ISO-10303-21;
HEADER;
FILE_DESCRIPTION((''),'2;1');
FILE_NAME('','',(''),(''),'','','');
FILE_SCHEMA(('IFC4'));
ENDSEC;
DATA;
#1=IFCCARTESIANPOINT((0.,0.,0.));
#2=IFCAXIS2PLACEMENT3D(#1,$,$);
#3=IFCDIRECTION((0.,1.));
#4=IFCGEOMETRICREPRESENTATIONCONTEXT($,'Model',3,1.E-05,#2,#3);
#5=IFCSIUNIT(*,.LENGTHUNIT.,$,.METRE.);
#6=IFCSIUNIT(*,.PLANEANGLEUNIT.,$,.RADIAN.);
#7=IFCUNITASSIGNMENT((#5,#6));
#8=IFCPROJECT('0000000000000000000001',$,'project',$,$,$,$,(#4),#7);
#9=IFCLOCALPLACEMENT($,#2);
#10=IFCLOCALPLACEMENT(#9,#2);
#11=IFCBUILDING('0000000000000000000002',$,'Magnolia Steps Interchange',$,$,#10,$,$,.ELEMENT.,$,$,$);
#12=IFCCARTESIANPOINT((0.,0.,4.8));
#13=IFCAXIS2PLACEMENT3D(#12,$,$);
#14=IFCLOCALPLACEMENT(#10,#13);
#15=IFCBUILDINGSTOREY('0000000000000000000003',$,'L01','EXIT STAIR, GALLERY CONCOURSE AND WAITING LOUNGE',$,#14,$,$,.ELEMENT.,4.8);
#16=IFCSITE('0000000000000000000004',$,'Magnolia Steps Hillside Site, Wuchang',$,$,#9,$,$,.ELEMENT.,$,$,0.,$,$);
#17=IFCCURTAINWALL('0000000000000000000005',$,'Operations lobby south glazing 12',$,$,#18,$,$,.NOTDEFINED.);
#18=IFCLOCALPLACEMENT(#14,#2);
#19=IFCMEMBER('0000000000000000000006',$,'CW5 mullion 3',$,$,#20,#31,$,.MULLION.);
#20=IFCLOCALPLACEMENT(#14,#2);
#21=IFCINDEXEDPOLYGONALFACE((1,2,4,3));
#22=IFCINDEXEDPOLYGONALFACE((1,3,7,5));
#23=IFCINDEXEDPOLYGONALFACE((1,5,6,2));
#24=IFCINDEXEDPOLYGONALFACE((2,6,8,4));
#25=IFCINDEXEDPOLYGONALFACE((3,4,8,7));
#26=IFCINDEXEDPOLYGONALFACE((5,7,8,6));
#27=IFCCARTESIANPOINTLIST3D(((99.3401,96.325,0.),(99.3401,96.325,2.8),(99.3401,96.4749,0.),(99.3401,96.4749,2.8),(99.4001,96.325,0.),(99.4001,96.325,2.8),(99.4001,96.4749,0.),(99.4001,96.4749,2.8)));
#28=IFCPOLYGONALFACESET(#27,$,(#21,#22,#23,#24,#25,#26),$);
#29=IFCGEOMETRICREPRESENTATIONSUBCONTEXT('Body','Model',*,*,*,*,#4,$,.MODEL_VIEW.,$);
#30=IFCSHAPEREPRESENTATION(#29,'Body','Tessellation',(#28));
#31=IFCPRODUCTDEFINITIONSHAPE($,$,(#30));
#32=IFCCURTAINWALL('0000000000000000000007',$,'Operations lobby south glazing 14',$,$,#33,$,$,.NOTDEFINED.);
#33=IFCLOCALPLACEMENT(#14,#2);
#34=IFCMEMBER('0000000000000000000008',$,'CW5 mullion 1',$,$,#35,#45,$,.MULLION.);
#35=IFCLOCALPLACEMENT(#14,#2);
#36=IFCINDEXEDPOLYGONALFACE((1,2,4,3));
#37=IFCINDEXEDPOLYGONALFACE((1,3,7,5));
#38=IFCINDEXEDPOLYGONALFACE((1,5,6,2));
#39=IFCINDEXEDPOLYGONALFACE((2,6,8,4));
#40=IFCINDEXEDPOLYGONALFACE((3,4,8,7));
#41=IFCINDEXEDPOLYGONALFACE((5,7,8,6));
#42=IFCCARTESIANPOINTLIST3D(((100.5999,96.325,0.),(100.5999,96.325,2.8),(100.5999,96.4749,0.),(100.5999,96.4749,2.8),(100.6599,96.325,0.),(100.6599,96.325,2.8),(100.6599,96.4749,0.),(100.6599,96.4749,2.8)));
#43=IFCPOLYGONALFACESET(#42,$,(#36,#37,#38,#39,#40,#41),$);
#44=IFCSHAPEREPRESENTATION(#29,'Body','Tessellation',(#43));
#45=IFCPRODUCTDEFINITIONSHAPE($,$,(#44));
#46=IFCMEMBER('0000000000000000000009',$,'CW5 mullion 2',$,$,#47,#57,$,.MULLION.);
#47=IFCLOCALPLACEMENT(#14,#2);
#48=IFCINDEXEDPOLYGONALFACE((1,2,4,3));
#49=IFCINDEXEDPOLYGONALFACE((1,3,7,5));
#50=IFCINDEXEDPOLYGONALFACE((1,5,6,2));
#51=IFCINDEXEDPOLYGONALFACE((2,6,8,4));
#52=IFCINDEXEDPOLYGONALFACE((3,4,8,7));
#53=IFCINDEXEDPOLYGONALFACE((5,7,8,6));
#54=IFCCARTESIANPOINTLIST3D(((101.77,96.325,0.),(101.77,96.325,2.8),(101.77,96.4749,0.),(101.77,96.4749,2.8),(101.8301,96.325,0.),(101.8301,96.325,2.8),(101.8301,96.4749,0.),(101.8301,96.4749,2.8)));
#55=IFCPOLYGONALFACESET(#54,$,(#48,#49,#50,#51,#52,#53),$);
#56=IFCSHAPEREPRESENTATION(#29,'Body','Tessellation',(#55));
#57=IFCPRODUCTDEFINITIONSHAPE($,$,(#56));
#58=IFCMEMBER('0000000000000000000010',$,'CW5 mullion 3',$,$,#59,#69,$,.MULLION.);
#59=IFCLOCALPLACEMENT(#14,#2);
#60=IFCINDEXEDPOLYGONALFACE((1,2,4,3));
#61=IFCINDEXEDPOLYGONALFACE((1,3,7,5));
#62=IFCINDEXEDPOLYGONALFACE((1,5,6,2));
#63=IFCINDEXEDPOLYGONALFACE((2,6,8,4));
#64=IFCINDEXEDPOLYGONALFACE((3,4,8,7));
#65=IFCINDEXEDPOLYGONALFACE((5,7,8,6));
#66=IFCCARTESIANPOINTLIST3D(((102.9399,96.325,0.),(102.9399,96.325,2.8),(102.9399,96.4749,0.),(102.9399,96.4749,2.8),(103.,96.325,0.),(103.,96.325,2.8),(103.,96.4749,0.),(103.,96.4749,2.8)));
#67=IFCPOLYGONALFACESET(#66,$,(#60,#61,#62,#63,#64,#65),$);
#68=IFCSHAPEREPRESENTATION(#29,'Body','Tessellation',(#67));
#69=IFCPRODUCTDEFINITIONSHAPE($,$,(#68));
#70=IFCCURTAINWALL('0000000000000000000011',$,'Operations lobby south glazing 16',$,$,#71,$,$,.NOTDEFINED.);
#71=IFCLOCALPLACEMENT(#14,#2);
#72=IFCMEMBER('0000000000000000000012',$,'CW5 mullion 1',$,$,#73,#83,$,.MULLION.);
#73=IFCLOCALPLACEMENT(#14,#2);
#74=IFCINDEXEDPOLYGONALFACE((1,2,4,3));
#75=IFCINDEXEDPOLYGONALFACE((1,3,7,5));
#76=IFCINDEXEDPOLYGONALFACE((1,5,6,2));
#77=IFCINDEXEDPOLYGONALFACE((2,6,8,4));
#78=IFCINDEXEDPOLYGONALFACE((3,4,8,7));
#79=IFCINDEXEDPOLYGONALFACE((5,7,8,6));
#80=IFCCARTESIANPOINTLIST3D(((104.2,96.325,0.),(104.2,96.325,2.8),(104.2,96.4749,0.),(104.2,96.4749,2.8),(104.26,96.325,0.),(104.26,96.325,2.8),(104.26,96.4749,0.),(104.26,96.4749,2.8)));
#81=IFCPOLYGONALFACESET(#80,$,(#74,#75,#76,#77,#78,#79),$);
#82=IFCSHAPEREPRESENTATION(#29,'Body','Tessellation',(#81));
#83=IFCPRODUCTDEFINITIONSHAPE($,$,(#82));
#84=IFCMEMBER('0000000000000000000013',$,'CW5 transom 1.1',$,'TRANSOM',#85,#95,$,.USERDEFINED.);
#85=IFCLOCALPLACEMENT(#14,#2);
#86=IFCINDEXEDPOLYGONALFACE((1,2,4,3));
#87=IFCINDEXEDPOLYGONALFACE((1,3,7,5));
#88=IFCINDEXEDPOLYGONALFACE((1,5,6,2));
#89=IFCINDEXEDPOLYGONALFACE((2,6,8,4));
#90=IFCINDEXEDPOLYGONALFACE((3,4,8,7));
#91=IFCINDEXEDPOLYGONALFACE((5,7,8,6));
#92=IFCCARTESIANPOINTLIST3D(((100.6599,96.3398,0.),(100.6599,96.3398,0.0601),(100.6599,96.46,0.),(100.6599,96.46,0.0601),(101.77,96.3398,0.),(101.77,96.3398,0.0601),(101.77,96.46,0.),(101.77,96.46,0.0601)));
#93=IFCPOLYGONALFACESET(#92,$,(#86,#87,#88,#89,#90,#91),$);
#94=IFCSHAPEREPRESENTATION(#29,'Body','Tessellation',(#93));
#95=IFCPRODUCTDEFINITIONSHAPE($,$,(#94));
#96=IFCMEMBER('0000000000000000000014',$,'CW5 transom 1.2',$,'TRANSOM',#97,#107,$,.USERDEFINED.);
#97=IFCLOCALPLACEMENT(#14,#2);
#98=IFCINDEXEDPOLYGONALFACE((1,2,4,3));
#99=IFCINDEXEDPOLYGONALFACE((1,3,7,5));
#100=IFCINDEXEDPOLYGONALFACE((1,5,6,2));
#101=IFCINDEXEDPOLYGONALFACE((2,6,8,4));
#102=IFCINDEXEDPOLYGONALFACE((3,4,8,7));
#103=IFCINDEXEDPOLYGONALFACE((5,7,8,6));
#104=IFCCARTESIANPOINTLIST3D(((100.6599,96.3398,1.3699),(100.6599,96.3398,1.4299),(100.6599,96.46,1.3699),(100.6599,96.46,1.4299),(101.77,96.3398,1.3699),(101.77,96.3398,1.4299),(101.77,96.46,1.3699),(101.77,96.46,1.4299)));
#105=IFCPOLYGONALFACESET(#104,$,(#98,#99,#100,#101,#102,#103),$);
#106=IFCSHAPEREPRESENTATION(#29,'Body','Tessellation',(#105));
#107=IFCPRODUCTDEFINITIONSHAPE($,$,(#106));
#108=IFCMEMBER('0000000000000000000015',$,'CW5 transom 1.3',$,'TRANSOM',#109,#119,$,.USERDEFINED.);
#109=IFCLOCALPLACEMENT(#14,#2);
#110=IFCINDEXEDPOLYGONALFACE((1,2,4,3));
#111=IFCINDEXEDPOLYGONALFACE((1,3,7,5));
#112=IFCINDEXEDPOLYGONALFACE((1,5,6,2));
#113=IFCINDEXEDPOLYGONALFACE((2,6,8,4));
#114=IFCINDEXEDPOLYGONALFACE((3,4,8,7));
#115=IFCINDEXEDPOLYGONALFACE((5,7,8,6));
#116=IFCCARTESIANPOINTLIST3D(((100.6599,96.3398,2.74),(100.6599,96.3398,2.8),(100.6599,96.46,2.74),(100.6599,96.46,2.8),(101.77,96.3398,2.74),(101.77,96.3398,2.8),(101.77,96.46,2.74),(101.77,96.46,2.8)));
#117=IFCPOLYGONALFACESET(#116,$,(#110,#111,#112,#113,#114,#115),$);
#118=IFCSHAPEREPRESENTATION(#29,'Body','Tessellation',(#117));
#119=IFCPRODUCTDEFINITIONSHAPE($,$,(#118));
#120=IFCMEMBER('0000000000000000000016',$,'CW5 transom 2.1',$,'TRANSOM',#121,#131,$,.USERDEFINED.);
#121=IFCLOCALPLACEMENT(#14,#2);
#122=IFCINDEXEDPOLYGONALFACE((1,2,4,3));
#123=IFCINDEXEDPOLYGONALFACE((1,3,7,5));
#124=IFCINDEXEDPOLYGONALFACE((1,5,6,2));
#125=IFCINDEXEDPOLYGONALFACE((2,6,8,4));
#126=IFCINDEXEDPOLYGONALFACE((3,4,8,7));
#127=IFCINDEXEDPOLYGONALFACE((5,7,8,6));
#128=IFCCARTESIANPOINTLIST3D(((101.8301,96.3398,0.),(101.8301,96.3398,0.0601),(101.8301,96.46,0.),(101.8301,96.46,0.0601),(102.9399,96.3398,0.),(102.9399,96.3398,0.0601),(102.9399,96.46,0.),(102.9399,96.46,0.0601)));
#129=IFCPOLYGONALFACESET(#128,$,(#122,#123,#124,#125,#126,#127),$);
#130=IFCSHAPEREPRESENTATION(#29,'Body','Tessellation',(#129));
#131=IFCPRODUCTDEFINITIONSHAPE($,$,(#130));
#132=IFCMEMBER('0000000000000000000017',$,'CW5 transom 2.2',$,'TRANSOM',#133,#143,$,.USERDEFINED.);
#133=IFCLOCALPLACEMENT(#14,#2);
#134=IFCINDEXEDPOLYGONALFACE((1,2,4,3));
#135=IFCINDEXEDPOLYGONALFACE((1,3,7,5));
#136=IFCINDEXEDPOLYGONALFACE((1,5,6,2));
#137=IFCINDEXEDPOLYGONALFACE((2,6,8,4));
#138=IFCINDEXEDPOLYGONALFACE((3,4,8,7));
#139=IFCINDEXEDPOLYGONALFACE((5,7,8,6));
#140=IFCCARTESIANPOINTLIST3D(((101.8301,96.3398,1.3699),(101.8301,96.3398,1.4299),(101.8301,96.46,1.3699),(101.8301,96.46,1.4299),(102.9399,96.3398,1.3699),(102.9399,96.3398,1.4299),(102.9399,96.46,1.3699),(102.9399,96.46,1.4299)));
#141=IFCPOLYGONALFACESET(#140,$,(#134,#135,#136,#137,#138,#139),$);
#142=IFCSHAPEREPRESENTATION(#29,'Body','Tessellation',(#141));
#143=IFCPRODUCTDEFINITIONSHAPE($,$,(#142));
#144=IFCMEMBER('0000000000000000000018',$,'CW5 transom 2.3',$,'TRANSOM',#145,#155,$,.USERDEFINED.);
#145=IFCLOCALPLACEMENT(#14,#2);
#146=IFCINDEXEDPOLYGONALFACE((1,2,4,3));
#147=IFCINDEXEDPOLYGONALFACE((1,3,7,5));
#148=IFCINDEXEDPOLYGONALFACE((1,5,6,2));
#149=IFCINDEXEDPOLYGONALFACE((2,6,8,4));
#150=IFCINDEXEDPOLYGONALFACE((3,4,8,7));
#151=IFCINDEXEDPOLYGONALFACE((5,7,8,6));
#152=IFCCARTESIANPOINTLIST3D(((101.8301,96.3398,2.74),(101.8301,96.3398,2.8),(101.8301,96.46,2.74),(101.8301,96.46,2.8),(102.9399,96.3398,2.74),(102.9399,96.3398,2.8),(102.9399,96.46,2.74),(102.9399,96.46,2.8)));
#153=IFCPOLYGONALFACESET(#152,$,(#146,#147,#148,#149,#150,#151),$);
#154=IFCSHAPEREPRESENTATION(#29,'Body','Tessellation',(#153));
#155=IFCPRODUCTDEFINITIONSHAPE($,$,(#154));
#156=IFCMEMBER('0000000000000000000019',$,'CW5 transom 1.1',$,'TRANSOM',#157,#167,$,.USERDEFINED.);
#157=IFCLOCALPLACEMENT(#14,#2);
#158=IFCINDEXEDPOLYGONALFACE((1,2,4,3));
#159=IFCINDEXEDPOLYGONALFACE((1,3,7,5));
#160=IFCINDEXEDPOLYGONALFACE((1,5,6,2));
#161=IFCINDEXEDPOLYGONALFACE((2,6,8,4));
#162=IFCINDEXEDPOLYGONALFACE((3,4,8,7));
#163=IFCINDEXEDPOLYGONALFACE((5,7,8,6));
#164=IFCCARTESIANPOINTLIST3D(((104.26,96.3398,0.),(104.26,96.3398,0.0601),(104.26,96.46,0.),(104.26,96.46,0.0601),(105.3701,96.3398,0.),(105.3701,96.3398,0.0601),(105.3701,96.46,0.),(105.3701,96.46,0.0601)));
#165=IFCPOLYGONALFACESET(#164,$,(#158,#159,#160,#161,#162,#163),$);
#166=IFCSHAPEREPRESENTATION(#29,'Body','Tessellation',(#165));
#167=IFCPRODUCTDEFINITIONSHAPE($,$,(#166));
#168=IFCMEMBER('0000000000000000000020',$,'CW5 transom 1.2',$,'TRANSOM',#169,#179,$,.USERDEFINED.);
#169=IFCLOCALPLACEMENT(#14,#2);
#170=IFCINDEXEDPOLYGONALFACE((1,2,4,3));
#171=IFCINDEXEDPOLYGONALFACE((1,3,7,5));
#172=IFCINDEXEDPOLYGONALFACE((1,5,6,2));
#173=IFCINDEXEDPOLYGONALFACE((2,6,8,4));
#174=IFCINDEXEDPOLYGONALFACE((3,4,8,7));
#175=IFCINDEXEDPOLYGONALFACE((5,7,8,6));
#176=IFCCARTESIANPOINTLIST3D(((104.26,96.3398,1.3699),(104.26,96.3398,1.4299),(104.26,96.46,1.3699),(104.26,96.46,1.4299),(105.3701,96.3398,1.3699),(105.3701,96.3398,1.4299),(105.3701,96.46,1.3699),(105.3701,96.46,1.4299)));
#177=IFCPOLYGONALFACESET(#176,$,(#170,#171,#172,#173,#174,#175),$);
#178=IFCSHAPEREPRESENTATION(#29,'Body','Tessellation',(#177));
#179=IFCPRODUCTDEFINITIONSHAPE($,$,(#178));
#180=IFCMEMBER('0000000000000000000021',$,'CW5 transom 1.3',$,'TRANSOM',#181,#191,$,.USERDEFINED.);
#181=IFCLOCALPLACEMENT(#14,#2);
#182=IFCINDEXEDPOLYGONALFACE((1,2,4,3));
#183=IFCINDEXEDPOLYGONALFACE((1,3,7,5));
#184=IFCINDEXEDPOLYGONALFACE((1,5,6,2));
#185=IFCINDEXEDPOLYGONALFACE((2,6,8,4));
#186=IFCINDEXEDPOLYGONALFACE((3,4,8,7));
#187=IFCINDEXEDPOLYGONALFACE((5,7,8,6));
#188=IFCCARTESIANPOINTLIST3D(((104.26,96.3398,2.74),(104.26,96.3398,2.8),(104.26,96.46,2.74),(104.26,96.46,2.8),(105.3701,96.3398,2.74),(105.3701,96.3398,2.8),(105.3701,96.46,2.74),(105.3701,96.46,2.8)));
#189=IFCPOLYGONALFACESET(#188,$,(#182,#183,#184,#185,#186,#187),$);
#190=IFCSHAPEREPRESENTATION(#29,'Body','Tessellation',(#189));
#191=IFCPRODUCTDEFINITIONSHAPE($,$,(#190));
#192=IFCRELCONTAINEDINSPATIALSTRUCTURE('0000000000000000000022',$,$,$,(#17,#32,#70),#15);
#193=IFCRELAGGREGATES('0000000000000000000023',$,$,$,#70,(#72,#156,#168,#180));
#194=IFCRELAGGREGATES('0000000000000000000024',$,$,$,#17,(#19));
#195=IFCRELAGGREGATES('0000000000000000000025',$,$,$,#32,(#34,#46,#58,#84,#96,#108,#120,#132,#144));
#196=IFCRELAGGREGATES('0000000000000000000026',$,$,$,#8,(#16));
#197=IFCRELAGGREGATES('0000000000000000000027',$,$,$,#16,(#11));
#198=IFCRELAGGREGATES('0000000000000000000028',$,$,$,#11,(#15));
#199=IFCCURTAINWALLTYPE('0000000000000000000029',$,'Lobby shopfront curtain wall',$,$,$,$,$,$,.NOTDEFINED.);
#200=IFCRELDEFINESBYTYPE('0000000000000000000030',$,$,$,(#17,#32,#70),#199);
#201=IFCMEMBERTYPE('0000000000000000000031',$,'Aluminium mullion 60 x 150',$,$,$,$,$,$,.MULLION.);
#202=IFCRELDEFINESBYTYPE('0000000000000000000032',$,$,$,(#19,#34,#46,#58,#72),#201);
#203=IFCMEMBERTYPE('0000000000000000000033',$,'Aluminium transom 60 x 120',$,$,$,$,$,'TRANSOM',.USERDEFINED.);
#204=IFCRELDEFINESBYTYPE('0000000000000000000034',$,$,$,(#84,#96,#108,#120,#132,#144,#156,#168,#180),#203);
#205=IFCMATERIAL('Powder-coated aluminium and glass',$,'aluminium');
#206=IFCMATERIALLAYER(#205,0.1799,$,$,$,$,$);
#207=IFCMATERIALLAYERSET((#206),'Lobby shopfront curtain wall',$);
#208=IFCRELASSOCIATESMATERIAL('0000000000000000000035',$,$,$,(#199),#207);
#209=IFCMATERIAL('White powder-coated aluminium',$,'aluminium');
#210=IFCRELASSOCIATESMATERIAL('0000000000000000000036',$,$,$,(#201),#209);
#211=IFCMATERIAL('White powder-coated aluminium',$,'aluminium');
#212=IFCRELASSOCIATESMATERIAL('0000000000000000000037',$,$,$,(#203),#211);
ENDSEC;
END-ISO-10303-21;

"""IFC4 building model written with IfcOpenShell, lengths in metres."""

from ifc_helpers import new_model, si_unit, direction, frame, origin, origin_2d, place, context, subcontext, project, spatial, rectangle, extrude, material, layer, layer_set, material_profile, profile_set, type_object, element, aggregate, save


model = new_model("IFC4")

# Units and contexts
model_context = context("Model", 3, precision=1e-05, world=origin(), true_north=direction((0.0, 1.0)))
body_context = subcontext(model_context, "Body", "Model", "MODEL_VIEW")
ifc_project = project(units=[si_unit("LENGTHUNIT", "METRE"), si_unit("PLANEANGLEUNIT", "RADIAN")], contexts=[model_context])

# Site, building, storey
site_placement = place(None, origin())
site = spatial("IfcSite", under=ifc_project, at=site_placement, Name="Magnolia Steps Hillside Site, Wuchang", CompositionType="ELEMENT", RefElevation=0.0)
building_placement = place(site_placement, origin())
building = spatial("IfcBuilding", under=site, at=building_placement, Name="Magnolia Steps Interchange", CompositionType="ELEMENT")
storey_placement = place(building_placement, frame((0.0, 0.0, 4.8)))
storey = spatial("IfcBuildingStorey", under=building, at=storey_placement, Name="L01", Description="EXIT STAIR, GALLERY CONCOURSE AND WAITING LOUNGE", CompositionType="ELEMENT", Elevation=4.8)

# Curtain wall, member
ifc_material_1 = material(Name="Powder-coated aluminium and glass", Category="aluminium")
ifc_layer_1 = layer(ifc_material_1, 0.1799)
ifc_layer_set_1 = layer_set([ifc_layer_1], Name="Lobby shopfront curtain wall")
curtain_wall_type = type_object("IfcCurtainWallType", Name="Lobby shopfront curtain wall", PredefinedType="NOTDEFINED", material=ifc_layer_set_1)
curtain_wall_1_placement = place(storey_placement, origin())
curtain_wall_1 = element("IfcCurtainWall", 1, at=curtain_wall_1_placement, inside=storey, type_object=curtain_wall_type, Name="Operations lobby south glazing 12", PredefinedType="NOTDEFINED")
ifc_material_2 = material(Name="White powder-coated aluminium", Category="aluminium")
ifc_material_profile_1 = material_profile(ifc_material_2, rectangle(XDim=0.0601, YDim=0.1499, at=origin_2d()), Name="Aluminium mullion 60 x 150")
ifc_profile_set_1 = profile_set([ifc_material_profile_1], Name="White powder-coated aluminium")
member_type_1 = type_object("IfcMemberType", Name="Aluminium mullion 60 x 150", PredefinedType="MULLION", material=ifc_profile_set_1)
member_1_placement = place(storey_placement, frame((99.3701, 96.3999, 0.0), z_axis=(0.0, 0.0, 1.0), x_axis=(1.0, 0.0, 0.0)))
member_1 = element("IfcMember", 2, at=member_1_placement, type_object=member_type_1, Name="CW5 mullion 3", PredefinedType="MULLION", context=body_context, shape_type="SweptSolid", body=[
    extrude(rectangle(XDim=0.0601, YDim=0.1499, at=origin_2d()), origin(), (0.0, 0.0, 1.0), 2.8),
])

# Curtain wall, members
curtain_wall_2_placement = place(storey_placement, origin())
curtain_wall_2 = element("IfcCurtainWall", 3, at=curtain_wall_2_placement, inside=storey, type_object=curtain_wall_type, Name="Operations lobby south glazing 14", PredefinedType="NOTDEFINED")
member_2_placement = place(storey_placement, frame((100.6299, 96.3999, 0.0), z_axis=(0.0, 0.0, 1.0), x_axis=(1.0, 0.0, 0.0)))
member_2 = element("IfcMember", 4, at=member_2_placement, type_object=member_type_1, Name="CW5 mullion 1", PredefinedType="MULLION", context=body_context, shape_type="SweptSolid", body=[
    extrude(rectangle(XDim=0.0601, YDim=0.1499, at=origin_2d()), origin(), (0.0, 0.0, 1.0), 2.8),
])
member_3_placement = place(storey_placement, frame((101.8, 96.3999, 0.0), z_axis=(0.0, 0.0, 1.0), x_axis=(1.0, 0.0, 0.0)))
member_3 = element("IfcMember", 5, at=member_3_placement, type_object=member_type_1, Name="CW5 mullion 2", PredefinedType="MULLION", context=body_context, shape_type="SweptSolid", body=[
    extrude(rectangle(XDim=0.0601, YDim=0.1499, at=origin_2d()), origin(), (0.0, 0.0, 1.0), 2.8),
])
member_4_placement = place(storey_placement, frame((102.97, 96.3999, 0.0), z_axis=(0.0, 0.0, 1.0), x_axis=(1.0, 0.0, 0.0)))
member_4 = element("IfcMember", 6, at=member_4_placement, type_object=member_type_1, Name="CW5 mullion 3", PredefinedType="MULLION", context=body_context, shape_type="SweptSolid", body=[
    extrude(rectangle(XDim=0.0601, YDim=0.1499, at=origin_2d()), origin(), (0.0, 0.0, 1.0), 2.8),
])

# Curtain wall, member
curtain_wall_3_placement = place(storey_placement, origin())
curtain_wall_3 = element("IfcCurtainWall", 7, at=curtain_wall_3_placement, inside=storey, type_object=curtain_wall_type, Name="Operations lobby south glazing 16", PredefinedType="NOTDEFINED")
member_5_placement = place(storey_placement, frame((104.23, 96.3999, 0.0), z_axis=(0.0, 0.0, 1.0), x_axis=(1.0, 0.0, 0.0)))
member_5 = element("IfcMember", 8, at=member_5_placement, type_object=member_type_1, Name="CW5 mullion 1", PredefinedType="MULLION", context=body_context, shape_type="SweptSolid", body=[
    extrude(rectangle(XDim=0.0601, YDim=0.1499, at=origin_2d()), origin(), (0.0, 0.0, 1.0), 2.8),
])

# Members
ifc_material_3 = material(Name="White powder-coated aluminium", Category="aluminium")
ifc_material_profile_2 = material_profile(ifc_material_3, rectangle(XDim=0.0601, YDim=0.1201, at=origin_2d()), Name="Aluminium transom 60 x 120")
ifc_profile_set_2 = profile_set([ifc_material_profile_2], Name="White powder-coated aluminium")
member_type_2 = type_object("IfcMemberType", Name="Aluminium transom 60 x 120", ElementType="TRANSOM", PredefinedType="USERDEFINED", material=ifc_profile_set_2)
member_6_placement = place(storey_placement, frame((100.6599, 96.3999, 0.03), z_axis=(1.0, 0.0, 0.0), x_axis=(0.0, 0.0, 1.0)))
member_6 = element("IfcMember", 9, at=member_6_placement, type_object=member_type_2, Name="CW5 transom 1.1", ObjectType="TRANSOM", PredefinedType="USERDEFINED", context=body_context, shape_type="SweptSolid", body=[
    extrude(rectangle(XDim=0.0601, YDim=0.1201, at=origin_2d()), origin(), (0.0, 0.0, 1.0), 1.1101),
])
member_7_placement = place(storey_placement, frame((100.6599, 96.3999, 1.3999), z_axis=(1.0, 0.0, 0.0), x_axis=(0.0, 0.0, 1.0)))
member_7 = element("IfcMember", 10, at=member_7_placement, type_object=member_type_2, Name="CW5 transom 1.2", ObjectType="TRANSOM", PredefinedType="USERDEFINED", context=body_context, shape_type="SweptSolid", body=[
    extrude(rectangle(XDim=0.0601, YDim=0.1201, at=origin_2d()), origin(), (0.0, 0.0, 1.0), 1.1101),
])
member_8_placement = place(storey_placement, frame((100.6599, 96.3999, 2.77), z_axis=(1.0, 0.0, 0.0), x_axis=(0.0, 0.0, 1.0)))
member_8 = element("IfcMember", 11, at=member_8_placement, type_object=member_type_2, Name="CW5 transom 1.3", ObjectType="TRANSOM", PredefinedType="USERDEFINED", context=body_context, shape_type="SweptSolid", body=[
    extrude(rectangle(XDim=0.0601, YDim=0.1201, at=origin_2d()), origin(), (0.0, 0.0, 1.0), 1.1101),
])
member_9_placement = place(storey_placement, frame((101.8301, 96.3999, 0.03), z_axis=(1.0, 0.0, 0.0), x_axis=(0.0, 0.0, 1.0)))
member_9 = element("IfcMember", 12, at=member_9_placement, type_object=member_type_2, Name="CW5 transom 2.1", ObjectType="TRANSOM", PredefinedType="USERDEFINED", context=body_context, shape_type="SweptSolid", body=[
    extrude(rectangle(XDim=0.0601, YDim=0.1201, at=origin_2d()), origin(), (0.0, 0.0, 1.0), 1.1099),
])
member_10_placement = place(storey_placement, frame((101.8301, 96.3999, 1.3999), z_axis=(1.0, 0.0, 0.0), x_axis=(0.0, 0.0, 1.0)))
member_10 = element("IfcMember", 13, at=member_10_placement, type_object=member_type_2, Name="CW5 transom 2.2", ObjectType="TRANSOM", PredefinedType="USERDEFINED", context=body_context, shape_type="SweptSolid", body=[
    extrude(rectangle(XDim=0.0601, YDim=0.1201, at=origin_2d()), origin(), (0.0, 0.0, 1.0), 1.1099),
])
member_11_placement = place(storey_placement, frame((101.8301, 96.3999, 2.77), z_axis=(1.0, 0.0, 0.0), x_axis=(0.0, 0.0, 1.0)))
member_11 = element("IfcMember", 14, at=member_11_placement, type_object=member_type_2, Name="CW5 transom 2.3", ObjectType="TRANSOM", PredefinedType="USERDEFINED", context=body_context, shape_type="SweptSolid", body=[
    extrude(rectangle(XDim=0.0601, YDim=0.1201, at=origin_2d()), origin(), (0.0, 0.0, 1.0), 1.1099),
])
member_12_placement = place(storey_placement, frame((104.26, 96.3999, 0.03), z_axis=(1.0, 0.0, 0.0), x_axis=(0.0, 0.0, 1.0)))
member_12 = element("IfcMember", 15, at=member_12_placement, type_object=member_type_2, Name="CW5 transom 1.1", ObjectType="TRANSOM", PredefinedType="USERDEFINED", context=body_context, shape_type="SweptSolid", body=[
    extrude(rectangle(XDim=0.0601, YDim=0.1201, at=origin_2d()), origin(), (0.0, 0.0, 1.0), 1.1101),
])
member_13_placement = place(storey_placement, frame((104.26, 96.3999, 1.3999), z_axis=(1.0, 0.0, 0.0), x_axis=(0.0, 0.0, 1.0)))
member_13 = element("IfcMember", 16, at=member_13_placement, type_object=member_type_2, Name="CW5 transom 1.2", ObjectType="TRANSOM", PredefinedType="USERDEFINED", context=body_context, shape_type="SweptSolid", body=[
    extrude(rectangle(XDim=0.0601, YDim=0.1201, at=origin_2d()), origin(), (0.0, 0.0, 1.0), 1.1101),
])
member_14_placement = place(storey_placement, frame((104.26, 96.3999, 2.77), z_axis=(1.0, 0.0, 0.0), x_axis=(0.0, 0.0, 1.0)))
member_14 = element("IfcMember", 17, at=member_14_placement, type_object=member_type_2, Name="CW5 transom 1.3", ObjectType="TRANSOM", PredefinedType="USERDEFINED", context=body_context, shape_type="SweptSolid", body=[
    extrude(rectangle(XDim=0.0601, YDim=0.1201, at=origin_2d()), origin(), (0.0, 0.0, 1.0), 1.1101),
])
aggregate(curtain_wall_3, [member_5, member_12, member_13, member_14])

aggregate(curtain_wall_1, [member_1])
aggregate(curtain_wall_2, [member_2, member_3, member_4, member_6, member_7, member_8, member_9, member_10, member_11])

save(model, "model.ifc")
